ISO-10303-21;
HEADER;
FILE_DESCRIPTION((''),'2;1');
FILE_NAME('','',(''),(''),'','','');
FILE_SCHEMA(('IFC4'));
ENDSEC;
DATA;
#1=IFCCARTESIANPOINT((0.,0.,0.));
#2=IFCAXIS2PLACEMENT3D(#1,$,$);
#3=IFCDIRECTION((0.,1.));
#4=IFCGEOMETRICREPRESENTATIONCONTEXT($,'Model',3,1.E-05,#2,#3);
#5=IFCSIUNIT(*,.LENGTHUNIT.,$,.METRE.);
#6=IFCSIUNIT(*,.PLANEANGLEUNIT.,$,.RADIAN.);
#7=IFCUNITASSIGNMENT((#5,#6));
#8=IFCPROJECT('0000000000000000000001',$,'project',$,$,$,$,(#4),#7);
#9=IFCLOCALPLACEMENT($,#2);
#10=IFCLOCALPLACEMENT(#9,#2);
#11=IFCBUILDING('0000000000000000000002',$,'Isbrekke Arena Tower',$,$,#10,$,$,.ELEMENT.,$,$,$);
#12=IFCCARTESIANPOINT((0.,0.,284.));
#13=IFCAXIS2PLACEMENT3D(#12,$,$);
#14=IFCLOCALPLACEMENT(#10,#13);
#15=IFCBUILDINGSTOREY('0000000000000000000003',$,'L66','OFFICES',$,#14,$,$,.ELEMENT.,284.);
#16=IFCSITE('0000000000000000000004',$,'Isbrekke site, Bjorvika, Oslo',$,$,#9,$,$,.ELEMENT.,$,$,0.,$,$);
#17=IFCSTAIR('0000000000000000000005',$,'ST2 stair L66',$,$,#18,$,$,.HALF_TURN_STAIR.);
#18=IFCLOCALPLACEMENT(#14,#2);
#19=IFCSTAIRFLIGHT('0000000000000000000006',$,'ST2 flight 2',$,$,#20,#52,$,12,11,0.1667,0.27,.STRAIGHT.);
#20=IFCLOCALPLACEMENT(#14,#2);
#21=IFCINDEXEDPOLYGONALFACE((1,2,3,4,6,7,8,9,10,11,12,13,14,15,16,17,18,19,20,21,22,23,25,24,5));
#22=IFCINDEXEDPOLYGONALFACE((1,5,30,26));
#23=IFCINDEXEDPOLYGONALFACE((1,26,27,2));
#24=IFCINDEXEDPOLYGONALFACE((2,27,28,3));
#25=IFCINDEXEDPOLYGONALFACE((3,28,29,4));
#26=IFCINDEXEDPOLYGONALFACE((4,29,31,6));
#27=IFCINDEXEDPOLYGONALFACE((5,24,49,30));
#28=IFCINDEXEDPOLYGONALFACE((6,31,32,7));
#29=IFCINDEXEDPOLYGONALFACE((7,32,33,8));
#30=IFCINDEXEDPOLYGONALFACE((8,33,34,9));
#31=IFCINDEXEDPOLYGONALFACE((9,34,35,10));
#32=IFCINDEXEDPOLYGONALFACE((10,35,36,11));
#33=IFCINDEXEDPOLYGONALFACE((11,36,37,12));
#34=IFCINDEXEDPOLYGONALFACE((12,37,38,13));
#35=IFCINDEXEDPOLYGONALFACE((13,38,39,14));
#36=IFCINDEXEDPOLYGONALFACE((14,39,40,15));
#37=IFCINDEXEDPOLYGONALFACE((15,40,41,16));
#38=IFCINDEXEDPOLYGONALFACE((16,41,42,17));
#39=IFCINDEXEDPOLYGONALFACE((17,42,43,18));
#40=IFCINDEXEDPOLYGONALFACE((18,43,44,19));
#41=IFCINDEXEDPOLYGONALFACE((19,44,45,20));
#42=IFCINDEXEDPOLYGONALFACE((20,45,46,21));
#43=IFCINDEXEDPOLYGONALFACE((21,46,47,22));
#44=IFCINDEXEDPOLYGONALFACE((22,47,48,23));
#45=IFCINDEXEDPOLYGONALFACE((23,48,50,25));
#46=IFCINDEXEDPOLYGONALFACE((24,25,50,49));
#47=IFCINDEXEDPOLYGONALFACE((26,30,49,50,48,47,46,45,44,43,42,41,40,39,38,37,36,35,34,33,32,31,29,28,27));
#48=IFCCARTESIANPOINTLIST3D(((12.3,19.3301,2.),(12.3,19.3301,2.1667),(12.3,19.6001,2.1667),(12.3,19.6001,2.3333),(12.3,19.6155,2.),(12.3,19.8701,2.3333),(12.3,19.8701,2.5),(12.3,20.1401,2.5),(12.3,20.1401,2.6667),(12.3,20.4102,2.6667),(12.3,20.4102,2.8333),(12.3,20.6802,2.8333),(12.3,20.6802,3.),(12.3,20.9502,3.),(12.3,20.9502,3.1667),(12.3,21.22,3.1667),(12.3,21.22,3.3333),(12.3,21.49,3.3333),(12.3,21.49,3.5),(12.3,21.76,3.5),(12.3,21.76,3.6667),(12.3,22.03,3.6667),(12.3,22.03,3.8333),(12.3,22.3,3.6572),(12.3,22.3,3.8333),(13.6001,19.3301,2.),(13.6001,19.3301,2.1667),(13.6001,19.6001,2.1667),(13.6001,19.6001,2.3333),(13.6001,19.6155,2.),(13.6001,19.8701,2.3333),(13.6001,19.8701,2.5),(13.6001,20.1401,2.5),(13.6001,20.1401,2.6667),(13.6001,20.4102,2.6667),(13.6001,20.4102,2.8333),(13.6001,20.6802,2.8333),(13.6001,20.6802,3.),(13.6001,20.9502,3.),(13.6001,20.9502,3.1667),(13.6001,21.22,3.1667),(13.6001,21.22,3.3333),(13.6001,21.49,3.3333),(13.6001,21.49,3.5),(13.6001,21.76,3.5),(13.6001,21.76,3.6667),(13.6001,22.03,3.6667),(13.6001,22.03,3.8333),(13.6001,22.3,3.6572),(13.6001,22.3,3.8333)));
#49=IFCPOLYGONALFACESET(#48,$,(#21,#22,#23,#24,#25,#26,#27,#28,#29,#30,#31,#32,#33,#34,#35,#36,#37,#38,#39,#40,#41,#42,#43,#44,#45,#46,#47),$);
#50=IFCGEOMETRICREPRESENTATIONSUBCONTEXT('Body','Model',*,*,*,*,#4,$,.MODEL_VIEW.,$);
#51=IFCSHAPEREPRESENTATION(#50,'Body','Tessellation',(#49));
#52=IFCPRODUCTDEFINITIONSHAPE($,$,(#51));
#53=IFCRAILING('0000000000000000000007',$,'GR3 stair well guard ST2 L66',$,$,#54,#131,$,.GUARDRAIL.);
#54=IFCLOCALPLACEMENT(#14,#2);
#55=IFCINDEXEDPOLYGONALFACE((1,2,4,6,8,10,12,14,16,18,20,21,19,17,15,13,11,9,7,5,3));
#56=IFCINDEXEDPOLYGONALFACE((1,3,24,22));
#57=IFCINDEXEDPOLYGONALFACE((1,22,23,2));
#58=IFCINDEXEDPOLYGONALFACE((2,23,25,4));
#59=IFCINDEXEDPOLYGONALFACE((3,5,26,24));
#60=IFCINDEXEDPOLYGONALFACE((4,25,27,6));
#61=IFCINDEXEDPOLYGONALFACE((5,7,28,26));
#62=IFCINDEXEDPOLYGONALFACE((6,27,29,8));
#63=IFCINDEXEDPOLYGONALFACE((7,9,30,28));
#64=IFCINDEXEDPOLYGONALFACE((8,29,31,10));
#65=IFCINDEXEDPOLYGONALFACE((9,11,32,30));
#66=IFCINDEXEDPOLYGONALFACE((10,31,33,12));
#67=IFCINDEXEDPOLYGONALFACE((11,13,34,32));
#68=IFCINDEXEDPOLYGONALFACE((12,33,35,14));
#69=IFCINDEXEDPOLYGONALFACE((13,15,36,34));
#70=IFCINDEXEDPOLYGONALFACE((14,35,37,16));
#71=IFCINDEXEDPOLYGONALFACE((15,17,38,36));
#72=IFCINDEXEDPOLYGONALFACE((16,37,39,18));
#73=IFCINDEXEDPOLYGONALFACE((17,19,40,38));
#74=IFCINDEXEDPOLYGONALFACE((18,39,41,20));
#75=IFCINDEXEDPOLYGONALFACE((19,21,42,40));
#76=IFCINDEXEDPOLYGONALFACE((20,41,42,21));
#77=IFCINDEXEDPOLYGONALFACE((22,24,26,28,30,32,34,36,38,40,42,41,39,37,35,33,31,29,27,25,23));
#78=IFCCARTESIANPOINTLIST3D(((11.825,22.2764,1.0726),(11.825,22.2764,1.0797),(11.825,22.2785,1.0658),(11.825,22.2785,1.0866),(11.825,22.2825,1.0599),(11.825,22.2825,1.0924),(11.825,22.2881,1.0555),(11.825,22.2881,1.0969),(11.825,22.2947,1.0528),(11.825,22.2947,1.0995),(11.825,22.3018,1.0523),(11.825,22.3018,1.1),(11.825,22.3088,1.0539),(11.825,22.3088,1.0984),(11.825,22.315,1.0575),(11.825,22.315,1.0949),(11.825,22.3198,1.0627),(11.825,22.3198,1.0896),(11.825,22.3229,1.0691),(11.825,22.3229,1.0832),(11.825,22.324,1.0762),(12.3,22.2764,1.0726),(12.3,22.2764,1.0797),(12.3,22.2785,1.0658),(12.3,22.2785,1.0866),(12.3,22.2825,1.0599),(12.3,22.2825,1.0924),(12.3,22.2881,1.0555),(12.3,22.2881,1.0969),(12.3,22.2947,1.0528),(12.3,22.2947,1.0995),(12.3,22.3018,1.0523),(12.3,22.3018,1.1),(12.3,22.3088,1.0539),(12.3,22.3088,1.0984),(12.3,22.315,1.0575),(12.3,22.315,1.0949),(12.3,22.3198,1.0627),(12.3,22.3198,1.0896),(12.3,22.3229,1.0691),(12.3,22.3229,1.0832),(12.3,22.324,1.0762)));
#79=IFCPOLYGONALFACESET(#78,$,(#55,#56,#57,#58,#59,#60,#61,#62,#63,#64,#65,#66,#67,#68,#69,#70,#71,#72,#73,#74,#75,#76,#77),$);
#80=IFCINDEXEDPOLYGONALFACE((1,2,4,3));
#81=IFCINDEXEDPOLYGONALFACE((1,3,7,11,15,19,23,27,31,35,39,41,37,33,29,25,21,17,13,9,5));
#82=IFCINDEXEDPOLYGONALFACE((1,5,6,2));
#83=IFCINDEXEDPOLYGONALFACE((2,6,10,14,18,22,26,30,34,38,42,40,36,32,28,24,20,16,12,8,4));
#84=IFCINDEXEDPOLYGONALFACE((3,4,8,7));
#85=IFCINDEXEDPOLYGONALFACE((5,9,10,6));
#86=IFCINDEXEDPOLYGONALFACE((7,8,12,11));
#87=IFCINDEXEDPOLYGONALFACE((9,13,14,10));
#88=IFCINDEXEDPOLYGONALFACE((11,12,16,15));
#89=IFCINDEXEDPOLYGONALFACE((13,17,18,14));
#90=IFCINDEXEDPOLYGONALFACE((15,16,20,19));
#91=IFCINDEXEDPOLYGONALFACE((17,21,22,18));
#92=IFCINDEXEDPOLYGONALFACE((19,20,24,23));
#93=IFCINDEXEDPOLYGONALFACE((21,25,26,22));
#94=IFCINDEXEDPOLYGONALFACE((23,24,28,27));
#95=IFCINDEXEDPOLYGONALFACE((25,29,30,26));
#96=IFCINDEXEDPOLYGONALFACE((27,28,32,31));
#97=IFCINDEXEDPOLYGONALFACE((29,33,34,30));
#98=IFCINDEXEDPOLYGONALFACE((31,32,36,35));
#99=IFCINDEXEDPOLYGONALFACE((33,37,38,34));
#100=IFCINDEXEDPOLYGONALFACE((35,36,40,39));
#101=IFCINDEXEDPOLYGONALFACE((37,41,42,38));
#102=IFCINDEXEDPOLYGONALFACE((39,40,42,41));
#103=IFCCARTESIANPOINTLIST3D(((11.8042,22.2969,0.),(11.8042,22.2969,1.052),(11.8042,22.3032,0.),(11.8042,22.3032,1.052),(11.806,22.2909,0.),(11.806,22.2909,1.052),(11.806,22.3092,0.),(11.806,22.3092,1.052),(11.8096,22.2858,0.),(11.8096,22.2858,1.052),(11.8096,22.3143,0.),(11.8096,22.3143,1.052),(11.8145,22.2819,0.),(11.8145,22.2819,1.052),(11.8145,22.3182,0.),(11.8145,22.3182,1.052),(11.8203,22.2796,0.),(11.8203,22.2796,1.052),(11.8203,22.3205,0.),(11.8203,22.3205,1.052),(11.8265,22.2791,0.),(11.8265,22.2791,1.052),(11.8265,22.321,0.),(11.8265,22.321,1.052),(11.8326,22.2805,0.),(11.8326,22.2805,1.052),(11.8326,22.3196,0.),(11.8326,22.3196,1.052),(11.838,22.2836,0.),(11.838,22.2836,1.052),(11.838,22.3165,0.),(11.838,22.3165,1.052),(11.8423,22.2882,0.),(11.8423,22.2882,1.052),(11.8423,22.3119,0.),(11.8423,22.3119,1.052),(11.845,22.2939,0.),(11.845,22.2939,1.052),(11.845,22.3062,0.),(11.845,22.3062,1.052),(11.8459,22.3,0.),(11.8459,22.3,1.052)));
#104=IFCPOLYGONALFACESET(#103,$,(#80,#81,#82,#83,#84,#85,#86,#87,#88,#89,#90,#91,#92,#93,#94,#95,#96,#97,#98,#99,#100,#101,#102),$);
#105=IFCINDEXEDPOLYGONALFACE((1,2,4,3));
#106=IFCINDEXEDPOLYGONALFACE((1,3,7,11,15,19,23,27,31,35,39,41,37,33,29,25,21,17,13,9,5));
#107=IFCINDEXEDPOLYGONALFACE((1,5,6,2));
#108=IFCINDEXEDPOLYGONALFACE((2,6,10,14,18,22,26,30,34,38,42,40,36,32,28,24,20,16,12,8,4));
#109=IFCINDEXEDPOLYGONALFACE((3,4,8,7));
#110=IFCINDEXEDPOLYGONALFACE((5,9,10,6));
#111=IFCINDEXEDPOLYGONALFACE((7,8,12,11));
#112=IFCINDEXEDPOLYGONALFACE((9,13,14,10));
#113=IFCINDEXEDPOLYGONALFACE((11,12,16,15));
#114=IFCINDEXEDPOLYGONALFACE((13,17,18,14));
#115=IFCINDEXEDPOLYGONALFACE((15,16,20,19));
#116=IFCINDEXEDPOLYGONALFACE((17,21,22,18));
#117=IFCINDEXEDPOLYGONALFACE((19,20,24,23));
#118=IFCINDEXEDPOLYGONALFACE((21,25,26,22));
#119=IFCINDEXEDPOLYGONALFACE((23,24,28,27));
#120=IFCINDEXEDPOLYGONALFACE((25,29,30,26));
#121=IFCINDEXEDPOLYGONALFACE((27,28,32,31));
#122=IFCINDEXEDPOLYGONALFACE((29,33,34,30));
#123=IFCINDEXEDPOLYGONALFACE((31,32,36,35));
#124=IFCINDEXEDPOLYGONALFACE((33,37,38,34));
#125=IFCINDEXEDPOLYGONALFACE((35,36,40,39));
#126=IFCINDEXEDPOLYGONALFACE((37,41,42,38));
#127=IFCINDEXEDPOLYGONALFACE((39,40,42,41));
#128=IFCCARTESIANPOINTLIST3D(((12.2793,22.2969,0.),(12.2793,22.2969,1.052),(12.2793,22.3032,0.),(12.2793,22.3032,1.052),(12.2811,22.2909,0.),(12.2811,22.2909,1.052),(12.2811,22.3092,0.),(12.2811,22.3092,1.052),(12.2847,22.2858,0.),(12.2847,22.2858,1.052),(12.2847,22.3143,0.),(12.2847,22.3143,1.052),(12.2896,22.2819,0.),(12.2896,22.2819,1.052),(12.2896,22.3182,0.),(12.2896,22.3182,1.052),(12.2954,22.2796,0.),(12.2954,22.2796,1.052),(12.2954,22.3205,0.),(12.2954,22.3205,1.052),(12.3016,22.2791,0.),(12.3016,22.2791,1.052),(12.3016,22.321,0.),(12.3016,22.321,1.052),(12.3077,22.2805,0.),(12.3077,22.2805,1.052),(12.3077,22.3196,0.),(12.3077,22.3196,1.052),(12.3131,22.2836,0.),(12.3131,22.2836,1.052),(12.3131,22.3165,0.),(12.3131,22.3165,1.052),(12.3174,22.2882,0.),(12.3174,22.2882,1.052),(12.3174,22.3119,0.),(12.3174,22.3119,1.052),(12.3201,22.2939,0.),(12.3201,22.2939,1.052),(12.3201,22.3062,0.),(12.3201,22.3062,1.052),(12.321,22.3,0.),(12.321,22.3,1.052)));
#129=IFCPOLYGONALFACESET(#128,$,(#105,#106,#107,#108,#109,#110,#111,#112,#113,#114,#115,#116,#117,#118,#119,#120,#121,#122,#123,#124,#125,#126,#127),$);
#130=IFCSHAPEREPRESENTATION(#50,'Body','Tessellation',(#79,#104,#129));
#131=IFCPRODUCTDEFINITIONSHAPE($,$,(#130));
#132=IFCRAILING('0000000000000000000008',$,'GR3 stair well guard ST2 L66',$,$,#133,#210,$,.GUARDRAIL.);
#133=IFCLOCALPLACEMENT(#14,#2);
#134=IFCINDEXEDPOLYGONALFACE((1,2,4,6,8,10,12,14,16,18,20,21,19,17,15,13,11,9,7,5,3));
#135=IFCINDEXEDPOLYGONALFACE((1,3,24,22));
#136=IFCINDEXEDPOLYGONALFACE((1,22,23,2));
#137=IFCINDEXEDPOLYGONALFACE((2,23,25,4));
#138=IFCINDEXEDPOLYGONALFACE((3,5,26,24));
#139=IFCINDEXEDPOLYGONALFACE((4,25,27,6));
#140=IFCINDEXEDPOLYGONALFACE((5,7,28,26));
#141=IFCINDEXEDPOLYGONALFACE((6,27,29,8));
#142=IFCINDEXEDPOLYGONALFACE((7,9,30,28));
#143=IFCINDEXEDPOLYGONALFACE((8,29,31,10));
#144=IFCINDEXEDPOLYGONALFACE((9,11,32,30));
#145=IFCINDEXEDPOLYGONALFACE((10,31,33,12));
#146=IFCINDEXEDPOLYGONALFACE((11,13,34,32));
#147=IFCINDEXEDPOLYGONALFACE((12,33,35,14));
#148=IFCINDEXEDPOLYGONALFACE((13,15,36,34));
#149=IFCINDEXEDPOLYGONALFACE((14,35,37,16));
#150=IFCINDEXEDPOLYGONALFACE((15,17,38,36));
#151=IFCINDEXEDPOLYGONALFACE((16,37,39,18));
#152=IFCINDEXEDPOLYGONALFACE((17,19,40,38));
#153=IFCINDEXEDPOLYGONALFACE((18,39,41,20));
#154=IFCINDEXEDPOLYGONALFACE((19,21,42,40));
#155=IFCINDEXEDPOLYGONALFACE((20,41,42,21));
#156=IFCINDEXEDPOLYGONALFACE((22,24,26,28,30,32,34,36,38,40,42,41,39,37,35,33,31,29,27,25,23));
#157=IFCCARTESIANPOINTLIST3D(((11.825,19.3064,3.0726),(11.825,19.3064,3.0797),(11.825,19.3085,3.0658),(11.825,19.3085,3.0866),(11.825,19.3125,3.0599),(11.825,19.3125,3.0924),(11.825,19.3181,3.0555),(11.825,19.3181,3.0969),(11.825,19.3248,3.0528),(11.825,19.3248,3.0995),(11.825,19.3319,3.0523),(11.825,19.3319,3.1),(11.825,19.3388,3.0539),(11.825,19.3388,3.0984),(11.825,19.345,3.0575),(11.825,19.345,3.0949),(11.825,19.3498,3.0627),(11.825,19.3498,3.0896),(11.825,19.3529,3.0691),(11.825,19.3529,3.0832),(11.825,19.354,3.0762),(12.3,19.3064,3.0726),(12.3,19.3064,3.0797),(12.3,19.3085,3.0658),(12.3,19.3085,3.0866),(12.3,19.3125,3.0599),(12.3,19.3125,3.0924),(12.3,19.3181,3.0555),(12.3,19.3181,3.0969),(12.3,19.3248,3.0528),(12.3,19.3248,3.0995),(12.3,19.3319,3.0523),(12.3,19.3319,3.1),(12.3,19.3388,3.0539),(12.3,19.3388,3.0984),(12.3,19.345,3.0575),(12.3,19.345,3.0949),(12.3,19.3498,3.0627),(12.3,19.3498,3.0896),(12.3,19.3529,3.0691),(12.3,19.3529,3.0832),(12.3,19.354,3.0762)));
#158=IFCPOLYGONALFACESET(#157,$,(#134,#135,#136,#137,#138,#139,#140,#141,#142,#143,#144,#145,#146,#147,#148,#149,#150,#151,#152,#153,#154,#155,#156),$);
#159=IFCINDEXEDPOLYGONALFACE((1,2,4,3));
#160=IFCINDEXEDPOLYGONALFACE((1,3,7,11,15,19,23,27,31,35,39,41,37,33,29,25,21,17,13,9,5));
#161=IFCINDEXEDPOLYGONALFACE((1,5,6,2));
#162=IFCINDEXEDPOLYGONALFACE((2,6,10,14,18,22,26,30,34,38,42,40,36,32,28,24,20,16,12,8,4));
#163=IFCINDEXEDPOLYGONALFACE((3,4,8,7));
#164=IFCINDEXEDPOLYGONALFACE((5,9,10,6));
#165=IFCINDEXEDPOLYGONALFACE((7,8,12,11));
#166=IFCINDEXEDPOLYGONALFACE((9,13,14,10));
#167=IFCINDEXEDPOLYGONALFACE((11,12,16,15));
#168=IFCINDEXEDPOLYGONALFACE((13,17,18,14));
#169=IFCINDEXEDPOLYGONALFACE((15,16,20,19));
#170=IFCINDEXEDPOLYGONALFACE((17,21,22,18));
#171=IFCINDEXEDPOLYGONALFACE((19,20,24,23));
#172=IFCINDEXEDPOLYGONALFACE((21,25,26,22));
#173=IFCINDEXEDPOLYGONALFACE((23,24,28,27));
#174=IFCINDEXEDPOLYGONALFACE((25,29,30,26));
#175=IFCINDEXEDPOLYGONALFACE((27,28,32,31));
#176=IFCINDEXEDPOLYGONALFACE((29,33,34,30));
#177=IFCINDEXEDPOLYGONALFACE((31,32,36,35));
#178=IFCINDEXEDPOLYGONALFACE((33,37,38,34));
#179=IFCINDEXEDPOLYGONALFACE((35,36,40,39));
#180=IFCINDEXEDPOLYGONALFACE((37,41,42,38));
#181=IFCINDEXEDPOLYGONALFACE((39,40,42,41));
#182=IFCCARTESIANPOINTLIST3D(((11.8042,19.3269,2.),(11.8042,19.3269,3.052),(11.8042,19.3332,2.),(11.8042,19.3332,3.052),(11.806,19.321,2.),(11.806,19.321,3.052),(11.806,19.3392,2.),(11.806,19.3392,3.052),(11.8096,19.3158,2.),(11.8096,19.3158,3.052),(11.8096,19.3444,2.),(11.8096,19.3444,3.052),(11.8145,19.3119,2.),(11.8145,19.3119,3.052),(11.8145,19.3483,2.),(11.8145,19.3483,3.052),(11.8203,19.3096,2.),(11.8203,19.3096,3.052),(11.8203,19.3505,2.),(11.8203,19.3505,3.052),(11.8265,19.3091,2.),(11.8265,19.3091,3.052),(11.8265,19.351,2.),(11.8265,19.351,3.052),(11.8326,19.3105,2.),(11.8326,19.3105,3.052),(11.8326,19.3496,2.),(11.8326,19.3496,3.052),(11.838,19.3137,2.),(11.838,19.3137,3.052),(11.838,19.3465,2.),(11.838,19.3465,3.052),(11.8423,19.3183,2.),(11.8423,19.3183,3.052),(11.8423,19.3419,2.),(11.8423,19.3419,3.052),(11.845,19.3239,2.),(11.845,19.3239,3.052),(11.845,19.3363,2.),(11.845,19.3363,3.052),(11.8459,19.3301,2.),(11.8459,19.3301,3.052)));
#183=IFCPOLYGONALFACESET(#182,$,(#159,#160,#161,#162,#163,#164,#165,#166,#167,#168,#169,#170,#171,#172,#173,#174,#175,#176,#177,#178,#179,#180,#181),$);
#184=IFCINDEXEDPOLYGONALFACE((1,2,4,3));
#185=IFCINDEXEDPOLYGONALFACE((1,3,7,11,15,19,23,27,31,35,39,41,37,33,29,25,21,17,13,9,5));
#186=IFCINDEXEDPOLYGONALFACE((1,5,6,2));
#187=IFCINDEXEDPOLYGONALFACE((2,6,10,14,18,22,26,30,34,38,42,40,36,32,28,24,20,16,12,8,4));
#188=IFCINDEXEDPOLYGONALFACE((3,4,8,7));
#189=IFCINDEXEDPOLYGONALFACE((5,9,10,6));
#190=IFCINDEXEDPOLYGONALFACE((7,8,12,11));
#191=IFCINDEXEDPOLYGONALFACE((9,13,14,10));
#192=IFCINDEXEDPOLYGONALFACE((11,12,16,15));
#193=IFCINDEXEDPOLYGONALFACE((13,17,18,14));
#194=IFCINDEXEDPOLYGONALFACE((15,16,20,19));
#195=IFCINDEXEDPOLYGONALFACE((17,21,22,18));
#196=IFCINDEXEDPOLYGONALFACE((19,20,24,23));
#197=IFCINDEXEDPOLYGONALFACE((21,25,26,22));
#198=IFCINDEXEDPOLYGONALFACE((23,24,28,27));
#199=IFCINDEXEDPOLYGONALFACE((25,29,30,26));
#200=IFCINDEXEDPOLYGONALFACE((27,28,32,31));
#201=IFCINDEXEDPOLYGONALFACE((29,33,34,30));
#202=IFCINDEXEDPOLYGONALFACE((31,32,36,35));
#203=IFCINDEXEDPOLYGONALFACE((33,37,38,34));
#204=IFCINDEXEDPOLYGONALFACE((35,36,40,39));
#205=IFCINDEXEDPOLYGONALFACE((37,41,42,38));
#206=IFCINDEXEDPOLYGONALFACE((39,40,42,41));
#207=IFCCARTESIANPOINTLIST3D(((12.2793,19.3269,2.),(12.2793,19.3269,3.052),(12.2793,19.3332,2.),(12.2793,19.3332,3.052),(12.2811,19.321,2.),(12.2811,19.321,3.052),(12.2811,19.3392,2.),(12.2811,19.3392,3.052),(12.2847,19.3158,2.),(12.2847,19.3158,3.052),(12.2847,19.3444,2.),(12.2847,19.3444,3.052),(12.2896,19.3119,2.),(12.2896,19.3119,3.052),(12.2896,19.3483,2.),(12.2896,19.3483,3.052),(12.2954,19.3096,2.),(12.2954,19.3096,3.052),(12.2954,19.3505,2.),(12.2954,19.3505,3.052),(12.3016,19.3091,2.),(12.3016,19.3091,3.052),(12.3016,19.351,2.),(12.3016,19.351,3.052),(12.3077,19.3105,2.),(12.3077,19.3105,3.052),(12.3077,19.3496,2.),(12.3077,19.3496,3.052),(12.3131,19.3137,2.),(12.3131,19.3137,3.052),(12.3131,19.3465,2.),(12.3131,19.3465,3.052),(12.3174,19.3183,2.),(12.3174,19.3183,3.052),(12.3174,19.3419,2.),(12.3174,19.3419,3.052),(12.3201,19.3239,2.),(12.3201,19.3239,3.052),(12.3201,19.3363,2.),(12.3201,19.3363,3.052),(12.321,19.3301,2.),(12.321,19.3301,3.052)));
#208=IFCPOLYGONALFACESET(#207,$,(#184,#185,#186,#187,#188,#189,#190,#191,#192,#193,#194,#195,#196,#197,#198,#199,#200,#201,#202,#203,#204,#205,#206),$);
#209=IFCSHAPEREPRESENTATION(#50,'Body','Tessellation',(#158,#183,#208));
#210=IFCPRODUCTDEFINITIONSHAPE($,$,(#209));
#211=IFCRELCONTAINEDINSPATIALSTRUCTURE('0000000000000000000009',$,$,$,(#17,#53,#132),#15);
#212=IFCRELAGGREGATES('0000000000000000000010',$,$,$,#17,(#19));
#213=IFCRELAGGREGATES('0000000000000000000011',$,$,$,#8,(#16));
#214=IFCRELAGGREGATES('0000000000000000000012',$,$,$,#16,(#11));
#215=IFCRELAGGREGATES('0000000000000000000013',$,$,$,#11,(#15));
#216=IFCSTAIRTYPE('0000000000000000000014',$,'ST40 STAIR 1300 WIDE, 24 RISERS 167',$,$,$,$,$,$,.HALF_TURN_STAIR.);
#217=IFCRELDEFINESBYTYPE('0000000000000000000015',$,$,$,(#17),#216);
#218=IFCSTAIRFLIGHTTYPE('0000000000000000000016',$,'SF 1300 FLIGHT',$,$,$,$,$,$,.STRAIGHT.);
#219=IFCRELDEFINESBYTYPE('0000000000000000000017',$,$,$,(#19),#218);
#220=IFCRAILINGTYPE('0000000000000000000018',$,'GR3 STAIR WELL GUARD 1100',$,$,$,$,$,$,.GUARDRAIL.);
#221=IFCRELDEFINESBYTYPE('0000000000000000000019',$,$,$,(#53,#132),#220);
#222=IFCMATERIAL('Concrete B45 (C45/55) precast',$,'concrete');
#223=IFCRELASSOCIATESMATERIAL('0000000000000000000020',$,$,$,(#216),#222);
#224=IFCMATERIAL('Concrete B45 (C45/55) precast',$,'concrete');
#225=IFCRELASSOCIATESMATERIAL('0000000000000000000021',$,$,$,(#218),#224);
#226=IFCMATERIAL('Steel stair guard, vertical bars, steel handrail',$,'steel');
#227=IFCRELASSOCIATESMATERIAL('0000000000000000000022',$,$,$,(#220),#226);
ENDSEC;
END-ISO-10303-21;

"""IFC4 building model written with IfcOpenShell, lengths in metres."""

from ifc_helpers import new_model, si_unit, direction, frame, origin, origin_2d, place, context, subcontext, project, spatial, polyline, circle, outline, extrude, material, type_object, element, aggregate, save


model = new_model("IFC4")

# Units and contexts
model_context = context("Model", 3, precision=1e-05, world=origin(), true_north=direction((0.0, 1.0)))
body_context = subcontext(model_context, "Body", "Model", "MODEL_VIEW")
ifc_project = project(units=[si_unit("LENGTHUNIT", "METRE"), si_unit("PLANEANGLEUNIT", "RADIAN")], contexts=[model_context])

# Site, building, storey
site_placement = place(None, origin())
site = spatial("IfcSite", under=ifc_project, at=site_placement, Name="Isbrekke site, Bjorvika, Oslo", CompositionType="ELEMENT", RefElevation=0.0)
building_placement = place(site_placement, origin())
building = spatial("IfcBuilding", under=site, at=building_placement, Name="Isbrekke Arena Tower", CompositionType="ELEMENT")
storey_placement = place(building_placement, frame((0.0, 0.0, 284.0)))
storey = spatial("IfcBuildingStorey", under=building, at=storey_placement, Name="L66", Description="OFFICES", CompositionType="ELEMENT", Elevation=284.0)

# Stair, stair flight
ifc_material_1 = material(Name="Concrete B45 (C45/55) precast", Category="concrete")
stair_type = type_object("IfcStairType", Name="ST40 STAIR 1300 WIDE, 24 RISERS 167", PredefinedType="HALF_TURN_STAIR", material=ifc_material_1)
stair_placement = place(storey_placement, origin())
stair = element("IfcStair", 1, at=stair_placement, inside=storey, type_object=stair_type, Name="ST2 stair L66", PredefinedType="HALF_TURN_STAIR")
ifc_material_2 = material(Name="Concrete B45 (C45/55) precast", Category="concrete")
stair_flight_type = type_object("IfcStairFlightType", Name="SF 1300 FLIGHT", PredefinedType="STRAIGHT", material=ifc_material_2)
stair_flight_1_placement = place(storey_placement, frame((12.95, 19.3301, 2.0), z_axis=(0.0, 0.0, 1.0), x_axis=(0.0, 1.0, 0.0)))
stair_flight_1 = element("IfcStairFlight", 2, at=stair_flight_1_placement, type_object=stair_flight_type, Name="ST2 flight 2", NumberOfRisers=12, NumberOfTreads=11, PredefinedType="STRAIGHT", RiserHeight=0.1667, TreadLength=0.27, context=body_context, shape_type="SweptSolid", body=[
    extrude(outline(polyline([(0.0, 0.0), (0.0, 0.1667), (0.27, 0.1667), (0.27, 0.3333), (0.54, 0.3333), (0.54, 0.5), (0.8101, 0.5), (0.8101, 0.6667), (1.0801, 0.6667), (1.0801, 0.8333), (1.3501, 0.8333), (1.3501, 1.0), (1.6201, 1.0), (1.6201, 1.1667), (1.8899, 1.1667), (1.8899, 1.3333), (2.1599, 1.3333), (2.1599, 1.5), (2.4299, 1.5), (2.4299, 1.6667), (2.7, 1.6667), (2.7, 1.8333), (2.97, 1.8333), (2.97, 2.0), (2.97, 1.6572), (0.2854, 0.0), (0.0, 0.0)])), frame((0.0, 0.6499, 0.0), z_axis=(0.0, -1.0, 0.0), x_axis=(1.0, 0.0, 0.0)), (0.0, 0.0, 1.0), 1.3),
])
aggregate(stair, [stair_flight_1])

# Railings
ifc_material_3 = material(Name="Steel stair guard, vertical bars, steel handrail", Category="steel")
railing_type = type_object("IfcRailingType", Name="GR3 STAIR WELL GUARD 1100", PredefinedType="GUARDRAIL", material=ifc_material_3)
for number, where, name in (
    (3, (11.825, 22.3, 0.0), "GR3 stair well guard ST2 L66"),
    (4, (11.825, 19.3301, 2.0), "GR3 stair well guard ST2 L66"),
):
    element("IfcRailing", number, at=place(storey_placement, frame(where)), inside=storey, type_object=railing_type, Name=name, PredefinedType="GUARDRAIL", context=body_context, shape_type="SweptSolid", body=[
        extrude(circle(Radius=0.0239, at=origin_2d()), frame((0.0, 0.0, 1.0762), z_axis=(1.0, 0.0, 0.0), x_axis=(0.0, 1.0, 0.0)), (0.0, 0.0, 1.0), 0.4751),
        extrude(circle(Radius=0.021, at=origin_2d()), origin(), (0.0, 0.0, 1.0), 1.052),
        extrude(circle(Radius=0.021, at=origin_2d()), frame((0.4751, 0.0, 0.0)), (0.0, 0.0, 1.0), 1.052),
    ])

save(model, "model.ifc")
